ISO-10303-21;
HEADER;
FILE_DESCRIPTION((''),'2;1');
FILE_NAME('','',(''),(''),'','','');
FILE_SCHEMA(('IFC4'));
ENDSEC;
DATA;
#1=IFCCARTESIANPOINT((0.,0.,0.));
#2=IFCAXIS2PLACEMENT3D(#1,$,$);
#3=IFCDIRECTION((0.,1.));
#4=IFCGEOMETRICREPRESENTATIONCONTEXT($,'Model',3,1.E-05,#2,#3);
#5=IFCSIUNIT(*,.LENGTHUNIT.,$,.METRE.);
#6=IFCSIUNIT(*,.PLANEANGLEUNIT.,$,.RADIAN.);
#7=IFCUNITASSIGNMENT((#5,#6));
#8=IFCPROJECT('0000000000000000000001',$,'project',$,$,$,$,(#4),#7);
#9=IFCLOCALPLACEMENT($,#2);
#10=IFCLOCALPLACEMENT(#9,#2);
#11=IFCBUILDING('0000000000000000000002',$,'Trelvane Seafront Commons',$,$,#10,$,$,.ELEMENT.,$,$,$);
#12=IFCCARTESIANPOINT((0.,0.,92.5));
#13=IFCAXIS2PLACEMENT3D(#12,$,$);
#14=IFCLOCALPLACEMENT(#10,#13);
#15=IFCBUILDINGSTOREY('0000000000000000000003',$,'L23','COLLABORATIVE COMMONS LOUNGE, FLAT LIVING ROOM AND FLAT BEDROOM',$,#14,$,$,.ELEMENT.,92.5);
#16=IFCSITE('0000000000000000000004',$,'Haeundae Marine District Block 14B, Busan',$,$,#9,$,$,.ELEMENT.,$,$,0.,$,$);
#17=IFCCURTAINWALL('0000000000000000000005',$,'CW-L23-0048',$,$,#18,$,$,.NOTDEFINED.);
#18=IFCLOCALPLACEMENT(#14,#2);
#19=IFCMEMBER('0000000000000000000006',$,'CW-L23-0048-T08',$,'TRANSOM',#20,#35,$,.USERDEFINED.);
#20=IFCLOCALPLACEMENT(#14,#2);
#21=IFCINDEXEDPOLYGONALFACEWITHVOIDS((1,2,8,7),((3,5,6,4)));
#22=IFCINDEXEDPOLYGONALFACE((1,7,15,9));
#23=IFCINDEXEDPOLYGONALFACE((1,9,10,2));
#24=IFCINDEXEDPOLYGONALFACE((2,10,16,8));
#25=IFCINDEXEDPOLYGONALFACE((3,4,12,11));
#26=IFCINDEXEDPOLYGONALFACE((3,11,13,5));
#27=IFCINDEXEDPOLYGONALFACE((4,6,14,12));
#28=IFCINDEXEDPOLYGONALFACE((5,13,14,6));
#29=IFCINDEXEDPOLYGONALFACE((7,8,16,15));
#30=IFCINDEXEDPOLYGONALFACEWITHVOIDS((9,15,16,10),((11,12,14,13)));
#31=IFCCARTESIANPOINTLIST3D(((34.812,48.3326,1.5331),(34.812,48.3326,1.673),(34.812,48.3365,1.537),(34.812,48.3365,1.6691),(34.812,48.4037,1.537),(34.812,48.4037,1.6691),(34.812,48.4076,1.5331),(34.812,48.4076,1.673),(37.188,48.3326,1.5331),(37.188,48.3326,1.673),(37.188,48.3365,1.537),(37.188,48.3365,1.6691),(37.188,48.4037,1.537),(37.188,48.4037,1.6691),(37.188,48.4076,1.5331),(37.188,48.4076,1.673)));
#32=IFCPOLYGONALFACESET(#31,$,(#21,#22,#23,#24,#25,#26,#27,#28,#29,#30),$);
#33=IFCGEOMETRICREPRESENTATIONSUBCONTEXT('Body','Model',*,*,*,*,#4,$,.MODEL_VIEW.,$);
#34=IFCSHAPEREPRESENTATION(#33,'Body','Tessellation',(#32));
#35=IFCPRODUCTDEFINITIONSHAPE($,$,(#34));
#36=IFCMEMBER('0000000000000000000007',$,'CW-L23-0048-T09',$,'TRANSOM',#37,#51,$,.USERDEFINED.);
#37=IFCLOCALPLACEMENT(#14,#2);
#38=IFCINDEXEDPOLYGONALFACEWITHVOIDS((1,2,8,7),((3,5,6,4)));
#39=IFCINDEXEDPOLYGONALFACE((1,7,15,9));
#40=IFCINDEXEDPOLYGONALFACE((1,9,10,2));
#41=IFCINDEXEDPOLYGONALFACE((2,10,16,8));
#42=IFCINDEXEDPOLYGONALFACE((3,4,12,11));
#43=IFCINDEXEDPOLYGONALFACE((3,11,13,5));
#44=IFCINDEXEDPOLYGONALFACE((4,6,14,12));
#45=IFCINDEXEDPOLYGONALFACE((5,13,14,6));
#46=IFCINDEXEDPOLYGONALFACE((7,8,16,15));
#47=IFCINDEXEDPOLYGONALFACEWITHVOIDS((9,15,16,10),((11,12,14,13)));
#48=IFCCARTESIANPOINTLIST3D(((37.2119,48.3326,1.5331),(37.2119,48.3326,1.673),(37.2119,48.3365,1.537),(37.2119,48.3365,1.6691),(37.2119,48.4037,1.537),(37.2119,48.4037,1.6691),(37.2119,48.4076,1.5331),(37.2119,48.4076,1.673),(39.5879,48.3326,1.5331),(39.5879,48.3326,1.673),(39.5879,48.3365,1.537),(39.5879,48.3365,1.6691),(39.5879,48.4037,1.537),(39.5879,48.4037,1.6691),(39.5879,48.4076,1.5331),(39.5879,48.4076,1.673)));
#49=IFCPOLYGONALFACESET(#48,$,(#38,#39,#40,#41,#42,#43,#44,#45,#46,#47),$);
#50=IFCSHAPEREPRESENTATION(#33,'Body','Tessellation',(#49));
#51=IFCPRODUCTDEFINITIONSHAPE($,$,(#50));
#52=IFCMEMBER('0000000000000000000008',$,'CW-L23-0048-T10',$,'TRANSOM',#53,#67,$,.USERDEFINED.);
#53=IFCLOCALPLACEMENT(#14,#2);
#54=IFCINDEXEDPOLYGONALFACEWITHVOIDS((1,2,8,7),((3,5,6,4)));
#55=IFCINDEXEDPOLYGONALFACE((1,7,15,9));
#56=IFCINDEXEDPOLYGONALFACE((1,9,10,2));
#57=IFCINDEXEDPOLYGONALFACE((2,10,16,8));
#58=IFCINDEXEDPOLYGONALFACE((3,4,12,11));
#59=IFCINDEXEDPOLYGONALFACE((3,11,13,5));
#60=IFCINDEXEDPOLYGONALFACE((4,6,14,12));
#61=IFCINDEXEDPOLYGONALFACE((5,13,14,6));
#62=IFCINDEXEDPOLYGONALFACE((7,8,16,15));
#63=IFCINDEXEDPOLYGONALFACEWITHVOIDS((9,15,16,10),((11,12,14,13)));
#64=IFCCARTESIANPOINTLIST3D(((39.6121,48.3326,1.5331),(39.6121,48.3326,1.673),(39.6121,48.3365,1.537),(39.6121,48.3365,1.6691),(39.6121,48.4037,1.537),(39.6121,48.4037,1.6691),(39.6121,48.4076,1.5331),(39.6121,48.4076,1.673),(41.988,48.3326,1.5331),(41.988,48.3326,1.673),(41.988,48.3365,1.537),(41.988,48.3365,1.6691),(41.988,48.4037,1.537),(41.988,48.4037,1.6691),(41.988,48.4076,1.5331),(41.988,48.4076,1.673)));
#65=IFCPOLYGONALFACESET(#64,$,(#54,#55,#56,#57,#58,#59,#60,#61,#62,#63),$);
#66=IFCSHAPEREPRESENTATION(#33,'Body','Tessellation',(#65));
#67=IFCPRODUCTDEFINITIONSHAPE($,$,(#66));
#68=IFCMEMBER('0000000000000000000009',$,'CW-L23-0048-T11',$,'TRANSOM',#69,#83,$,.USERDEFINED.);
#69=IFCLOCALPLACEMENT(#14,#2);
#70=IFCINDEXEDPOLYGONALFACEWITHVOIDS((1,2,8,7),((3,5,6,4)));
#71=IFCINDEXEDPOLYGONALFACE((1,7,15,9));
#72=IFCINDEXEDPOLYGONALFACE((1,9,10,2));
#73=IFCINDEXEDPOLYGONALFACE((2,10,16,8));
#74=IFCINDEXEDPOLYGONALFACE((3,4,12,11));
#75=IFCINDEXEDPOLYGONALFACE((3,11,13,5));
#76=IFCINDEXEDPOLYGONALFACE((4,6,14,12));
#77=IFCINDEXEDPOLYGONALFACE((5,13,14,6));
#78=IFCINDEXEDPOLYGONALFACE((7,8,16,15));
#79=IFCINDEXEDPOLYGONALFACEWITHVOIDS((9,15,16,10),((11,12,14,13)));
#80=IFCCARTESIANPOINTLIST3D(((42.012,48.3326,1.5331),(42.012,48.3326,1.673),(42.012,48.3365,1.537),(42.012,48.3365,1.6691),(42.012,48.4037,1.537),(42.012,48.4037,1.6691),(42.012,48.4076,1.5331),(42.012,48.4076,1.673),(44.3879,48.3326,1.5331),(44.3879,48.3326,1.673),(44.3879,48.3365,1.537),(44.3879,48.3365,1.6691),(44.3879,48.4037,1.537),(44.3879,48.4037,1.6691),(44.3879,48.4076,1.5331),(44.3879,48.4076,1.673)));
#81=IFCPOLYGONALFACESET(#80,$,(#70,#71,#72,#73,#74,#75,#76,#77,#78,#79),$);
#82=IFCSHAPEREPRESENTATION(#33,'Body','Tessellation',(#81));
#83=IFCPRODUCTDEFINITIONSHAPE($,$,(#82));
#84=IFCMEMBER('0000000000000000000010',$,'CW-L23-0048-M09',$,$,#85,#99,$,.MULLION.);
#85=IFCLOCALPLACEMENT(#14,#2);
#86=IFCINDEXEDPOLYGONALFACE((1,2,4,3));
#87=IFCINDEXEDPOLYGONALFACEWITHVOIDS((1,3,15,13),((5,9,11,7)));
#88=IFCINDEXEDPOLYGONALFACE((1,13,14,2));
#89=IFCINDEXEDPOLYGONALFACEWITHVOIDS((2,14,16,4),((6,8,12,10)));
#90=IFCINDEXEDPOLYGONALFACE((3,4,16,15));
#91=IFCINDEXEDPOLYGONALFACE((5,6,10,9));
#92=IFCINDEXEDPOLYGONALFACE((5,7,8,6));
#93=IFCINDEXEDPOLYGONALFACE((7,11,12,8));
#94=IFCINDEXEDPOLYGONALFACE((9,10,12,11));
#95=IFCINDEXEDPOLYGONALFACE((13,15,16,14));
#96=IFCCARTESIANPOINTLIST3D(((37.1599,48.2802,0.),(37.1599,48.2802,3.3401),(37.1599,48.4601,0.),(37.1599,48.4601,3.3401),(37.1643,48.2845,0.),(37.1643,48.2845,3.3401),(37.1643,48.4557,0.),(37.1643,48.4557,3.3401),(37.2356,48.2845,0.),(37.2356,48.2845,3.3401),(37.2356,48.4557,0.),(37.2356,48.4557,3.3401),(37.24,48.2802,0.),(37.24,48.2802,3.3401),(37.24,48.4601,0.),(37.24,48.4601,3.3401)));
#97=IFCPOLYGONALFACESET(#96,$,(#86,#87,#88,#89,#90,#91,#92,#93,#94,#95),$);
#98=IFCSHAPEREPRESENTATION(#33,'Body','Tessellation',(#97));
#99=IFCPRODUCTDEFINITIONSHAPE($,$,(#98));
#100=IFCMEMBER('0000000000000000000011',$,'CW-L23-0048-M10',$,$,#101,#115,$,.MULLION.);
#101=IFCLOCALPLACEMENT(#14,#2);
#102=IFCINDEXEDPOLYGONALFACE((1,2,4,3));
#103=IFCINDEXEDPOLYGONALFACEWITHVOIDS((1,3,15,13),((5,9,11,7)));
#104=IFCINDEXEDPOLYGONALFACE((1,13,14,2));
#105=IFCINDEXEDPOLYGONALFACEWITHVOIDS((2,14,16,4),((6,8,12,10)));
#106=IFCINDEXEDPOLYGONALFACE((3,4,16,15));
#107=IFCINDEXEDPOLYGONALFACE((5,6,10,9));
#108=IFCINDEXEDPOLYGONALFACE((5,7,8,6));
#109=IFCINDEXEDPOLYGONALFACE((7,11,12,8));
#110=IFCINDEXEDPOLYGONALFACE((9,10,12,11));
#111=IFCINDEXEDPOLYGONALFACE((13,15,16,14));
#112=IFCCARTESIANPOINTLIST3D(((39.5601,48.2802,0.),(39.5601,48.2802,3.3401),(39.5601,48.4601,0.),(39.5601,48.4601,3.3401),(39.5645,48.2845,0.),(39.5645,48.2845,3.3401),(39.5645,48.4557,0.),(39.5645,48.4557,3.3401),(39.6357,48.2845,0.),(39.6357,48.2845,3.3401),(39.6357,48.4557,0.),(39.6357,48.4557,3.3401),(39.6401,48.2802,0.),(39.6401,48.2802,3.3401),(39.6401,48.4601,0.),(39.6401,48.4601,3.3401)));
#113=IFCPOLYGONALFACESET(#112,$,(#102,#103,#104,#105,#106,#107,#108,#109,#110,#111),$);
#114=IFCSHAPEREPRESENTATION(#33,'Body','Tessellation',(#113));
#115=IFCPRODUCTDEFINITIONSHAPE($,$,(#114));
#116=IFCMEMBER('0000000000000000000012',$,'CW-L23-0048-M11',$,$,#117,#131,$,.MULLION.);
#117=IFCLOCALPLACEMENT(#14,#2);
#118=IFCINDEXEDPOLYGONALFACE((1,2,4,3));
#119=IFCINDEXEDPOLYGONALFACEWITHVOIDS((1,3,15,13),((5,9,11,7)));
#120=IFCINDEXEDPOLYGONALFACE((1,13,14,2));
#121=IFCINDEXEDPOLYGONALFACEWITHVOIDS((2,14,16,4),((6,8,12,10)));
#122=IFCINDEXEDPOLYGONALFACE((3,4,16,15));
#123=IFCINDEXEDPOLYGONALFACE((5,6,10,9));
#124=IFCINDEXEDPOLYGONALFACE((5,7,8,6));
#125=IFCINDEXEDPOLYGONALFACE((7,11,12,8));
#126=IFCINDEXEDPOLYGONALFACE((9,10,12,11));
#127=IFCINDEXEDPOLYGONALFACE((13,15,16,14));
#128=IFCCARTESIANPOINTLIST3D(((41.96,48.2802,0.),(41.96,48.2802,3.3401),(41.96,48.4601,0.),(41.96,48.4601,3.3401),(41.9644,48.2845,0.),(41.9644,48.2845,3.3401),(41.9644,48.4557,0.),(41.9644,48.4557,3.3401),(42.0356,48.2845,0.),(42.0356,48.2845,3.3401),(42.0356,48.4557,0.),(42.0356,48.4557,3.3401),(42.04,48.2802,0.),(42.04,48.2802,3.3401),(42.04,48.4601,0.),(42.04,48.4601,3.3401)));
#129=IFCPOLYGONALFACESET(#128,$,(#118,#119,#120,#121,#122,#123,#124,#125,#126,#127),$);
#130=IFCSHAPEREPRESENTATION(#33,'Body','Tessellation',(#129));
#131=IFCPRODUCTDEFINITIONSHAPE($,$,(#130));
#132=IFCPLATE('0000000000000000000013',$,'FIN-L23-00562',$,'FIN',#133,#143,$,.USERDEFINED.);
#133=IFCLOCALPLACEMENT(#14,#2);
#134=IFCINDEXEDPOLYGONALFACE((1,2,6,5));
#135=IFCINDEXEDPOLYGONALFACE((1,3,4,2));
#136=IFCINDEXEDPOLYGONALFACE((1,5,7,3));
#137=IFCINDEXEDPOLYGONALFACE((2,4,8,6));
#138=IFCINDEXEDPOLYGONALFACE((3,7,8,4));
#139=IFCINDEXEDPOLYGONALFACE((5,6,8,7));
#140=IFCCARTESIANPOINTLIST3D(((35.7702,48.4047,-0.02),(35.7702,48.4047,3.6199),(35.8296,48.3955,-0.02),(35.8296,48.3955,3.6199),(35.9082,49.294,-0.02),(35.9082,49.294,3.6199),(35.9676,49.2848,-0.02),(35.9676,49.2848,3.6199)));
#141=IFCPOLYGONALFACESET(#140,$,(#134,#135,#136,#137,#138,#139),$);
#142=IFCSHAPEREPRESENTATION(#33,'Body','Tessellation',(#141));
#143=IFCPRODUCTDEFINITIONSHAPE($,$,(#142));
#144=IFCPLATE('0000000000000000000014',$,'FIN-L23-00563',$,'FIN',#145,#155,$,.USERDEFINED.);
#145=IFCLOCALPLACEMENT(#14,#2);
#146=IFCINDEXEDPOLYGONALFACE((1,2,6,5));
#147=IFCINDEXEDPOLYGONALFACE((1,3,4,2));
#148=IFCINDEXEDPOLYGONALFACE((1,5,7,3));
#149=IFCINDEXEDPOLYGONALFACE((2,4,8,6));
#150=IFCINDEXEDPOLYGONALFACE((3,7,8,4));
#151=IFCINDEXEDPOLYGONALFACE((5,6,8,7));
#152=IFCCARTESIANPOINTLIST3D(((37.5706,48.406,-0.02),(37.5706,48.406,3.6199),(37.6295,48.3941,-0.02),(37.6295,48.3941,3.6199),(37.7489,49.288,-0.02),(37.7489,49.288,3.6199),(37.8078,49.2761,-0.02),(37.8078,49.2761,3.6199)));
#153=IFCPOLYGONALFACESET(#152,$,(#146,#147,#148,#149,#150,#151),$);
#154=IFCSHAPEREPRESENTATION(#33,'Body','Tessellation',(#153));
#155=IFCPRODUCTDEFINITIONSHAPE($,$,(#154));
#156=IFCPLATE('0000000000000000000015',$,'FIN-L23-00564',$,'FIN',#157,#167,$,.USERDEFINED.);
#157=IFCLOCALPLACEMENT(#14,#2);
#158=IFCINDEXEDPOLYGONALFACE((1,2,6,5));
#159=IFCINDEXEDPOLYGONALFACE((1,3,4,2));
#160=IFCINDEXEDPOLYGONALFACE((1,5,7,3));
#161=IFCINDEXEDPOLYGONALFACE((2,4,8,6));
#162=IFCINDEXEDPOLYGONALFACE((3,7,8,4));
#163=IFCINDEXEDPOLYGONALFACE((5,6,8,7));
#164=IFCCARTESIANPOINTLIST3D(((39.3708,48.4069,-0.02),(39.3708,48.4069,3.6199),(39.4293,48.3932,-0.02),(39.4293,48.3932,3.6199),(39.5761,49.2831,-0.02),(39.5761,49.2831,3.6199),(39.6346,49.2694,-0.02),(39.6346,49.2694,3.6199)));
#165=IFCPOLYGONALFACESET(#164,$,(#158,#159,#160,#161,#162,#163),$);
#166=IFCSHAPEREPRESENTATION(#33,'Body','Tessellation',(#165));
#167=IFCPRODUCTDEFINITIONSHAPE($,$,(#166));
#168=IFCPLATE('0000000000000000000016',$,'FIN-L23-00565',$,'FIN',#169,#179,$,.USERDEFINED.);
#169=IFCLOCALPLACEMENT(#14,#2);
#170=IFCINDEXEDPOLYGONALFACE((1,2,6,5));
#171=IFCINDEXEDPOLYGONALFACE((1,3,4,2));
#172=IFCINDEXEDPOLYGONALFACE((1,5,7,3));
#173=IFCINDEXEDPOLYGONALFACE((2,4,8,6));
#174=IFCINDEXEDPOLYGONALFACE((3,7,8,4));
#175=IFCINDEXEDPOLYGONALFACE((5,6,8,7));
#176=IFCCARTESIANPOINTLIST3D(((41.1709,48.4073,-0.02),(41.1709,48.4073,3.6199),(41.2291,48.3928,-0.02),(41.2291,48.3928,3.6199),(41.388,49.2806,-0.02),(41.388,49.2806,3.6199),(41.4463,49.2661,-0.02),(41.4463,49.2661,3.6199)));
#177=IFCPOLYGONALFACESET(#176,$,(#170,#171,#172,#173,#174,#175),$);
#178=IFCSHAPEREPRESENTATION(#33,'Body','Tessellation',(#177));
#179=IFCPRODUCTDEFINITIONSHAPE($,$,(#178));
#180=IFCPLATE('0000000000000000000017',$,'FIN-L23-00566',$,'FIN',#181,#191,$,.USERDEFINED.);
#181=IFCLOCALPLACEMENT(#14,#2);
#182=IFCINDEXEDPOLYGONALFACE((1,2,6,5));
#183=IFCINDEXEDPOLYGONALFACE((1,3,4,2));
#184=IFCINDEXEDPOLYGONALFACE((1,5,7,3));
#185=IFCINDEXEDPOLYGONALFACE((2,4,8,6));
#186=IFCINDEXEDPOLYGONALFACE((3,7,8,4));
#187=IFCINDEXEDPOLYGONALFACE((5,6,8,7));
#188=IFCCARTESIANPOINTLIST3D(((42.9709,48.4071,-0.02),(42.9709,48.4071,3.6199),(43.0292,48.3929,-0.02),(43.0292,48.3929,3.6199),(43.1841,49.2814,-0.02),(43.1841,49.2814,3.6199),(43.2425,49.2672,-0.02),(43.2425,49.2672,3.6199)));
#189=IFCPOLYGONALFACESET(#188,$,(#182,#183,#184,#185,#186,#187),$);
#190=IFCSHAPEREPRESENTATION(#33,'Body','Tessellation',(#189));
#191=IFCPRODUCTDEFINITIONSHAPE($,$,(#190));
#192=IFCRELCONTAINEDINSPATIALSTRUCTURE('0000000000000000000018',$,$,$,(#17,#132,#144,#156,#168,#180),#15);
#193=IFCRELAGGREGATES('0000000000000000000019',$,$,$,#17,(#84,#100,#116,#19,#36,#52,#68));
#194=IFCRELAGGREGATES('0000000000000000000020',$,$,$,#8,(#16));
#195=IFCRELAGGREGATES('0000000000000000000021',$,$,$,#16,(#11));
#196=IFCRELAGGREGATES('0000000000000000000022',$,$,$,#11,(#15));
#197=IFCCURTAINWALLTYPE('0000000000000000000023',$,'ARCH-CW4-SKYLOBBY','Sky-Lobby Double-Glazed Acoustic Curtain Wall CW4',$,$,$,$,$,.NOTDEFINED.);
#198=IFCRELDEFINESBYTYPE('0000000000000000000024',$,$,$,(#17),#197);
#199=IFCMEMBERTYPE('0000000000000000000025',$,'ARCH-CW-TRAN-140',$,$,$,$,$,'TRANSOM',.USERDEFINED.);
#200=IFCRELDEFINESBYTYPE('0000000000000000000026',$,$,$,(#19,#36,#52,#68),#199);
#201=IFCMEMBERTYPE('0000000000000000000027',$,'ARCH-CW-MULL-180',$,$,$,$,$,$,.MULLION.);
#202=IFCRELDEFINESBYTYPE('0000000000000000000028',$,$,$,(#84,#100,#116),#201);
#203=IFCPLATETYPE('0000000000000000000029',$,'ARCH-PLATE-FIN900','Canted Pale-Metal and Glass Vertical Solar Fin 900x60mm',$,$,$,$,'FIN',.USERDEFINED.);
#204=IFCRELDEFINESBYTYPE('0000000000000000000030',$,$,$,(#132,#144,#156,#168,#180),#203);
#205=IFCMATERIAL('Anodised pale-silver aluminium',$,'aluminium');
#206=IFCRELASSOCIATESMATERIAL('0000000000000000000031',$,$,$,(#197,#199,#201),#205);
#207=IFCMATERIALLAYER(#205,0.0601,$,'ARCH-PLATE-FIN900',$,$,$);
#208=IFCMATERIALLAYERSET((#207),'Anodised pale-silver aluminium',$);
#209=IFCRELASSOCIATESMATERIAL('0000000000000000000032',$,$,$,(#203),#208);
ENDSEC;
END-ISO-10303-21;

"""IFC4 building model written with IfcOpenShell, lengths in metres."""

from ifc_helpers import new_model, si_unit, direction, frame, origin, origin_2d, place, context, subcontext, project, spatial, rectangle, hollow_rectangle, extrude, source, transform, mapped, material, layer, layer_set, material_profile, profile_set, type_object, element, aggregate, save


model = new_model("IFC4")

# Units and contexts
model_context = context("Model", 3, precision=1e-05, world=origin(), true_north=direction((0.0, 1.0)))
body_context = subcontext(model_context, "Body", "Model", "MODEL_VIEW")
ifc_project = project(units=[si_unit("LENGTHUNIT", "METRE"), si_unit("PLANEANGLEUNIT", "RADIAN")], contexts=[model_context])

# Site, building, storey
site_placement = place(None, origin())
site = spatial("IfcSite", under=ifc_project, at=site_placement, Name="Haeundae Marine District Block 14B, Busan", CompositionType="ELEMENT", RefElevation=0.0)
building_placement = place(site_placement, origin())
building = spatial("IfcBuilding", under=site, at=building_placement, Name="Trelvane Seafront Commons", CompositionType="ELEMENT")
storey_placement = place(building_placement, frame((0.0, 0.0, 92.5)))
storey = spatial("IfcBuildingStorey", under=building, at=storey_placement, Name="L23", Description="COLLABORATIVE COMMONS LOUNGE, FLAT LIVING ROOM AND FLAT BEDROOM", CompositionType="ELEMENT", Elevation=92.5)

# Curtain wall, members
ifc_material_1 = material(Name="Anodised pale-silver aluminium", Category="aluminium")
curtain_wall_type = type_object("IfcCurtainWallType", Name="ARCH-CW4-SKYLOBBY", Description="Sky-Lobby Double-Glazed Acoustic Curtain Wall CW4", PredefinedType="NOTDEFINED", material=ifc_material_1)
curtain_wall_placement = place(storey_placement, origin())
curtain_wall = element("IfcCurtainWall", 1, at=curtain_wall_placement, inside=storey, type_object=curtain_wall_type, Name="CW-L23-0048", PredefinedType="NOTDEFINED")
ifc_material_profile_1 = material_profile(ifc_material_1, hollow_rectangle(XDim=0.075, YDim=0.1399, WallThickness=0.0039, at=origin_2d()), Name="TRAN-75x140x4")
ifc_profile_set_1 = profile_set([ifc_material_profile_1], Name="Anodised pale-silver aluminium")
member_type_1 = type_object("IfcMemberType", Name="ARCH-CW-TRAN-140", ElementType="TRANSOM", PredefinedType="USERDEFINED", material=ifc_profile_set_1)
shared_shape_1 = source(origin(), body_context, "Body", "SweptSolid", [
    extrude(hollow_rectangle(XDim=0.075, YDim=0.1399, WallThickness=0.0039, at=origin_2d()), origin(), (0.0, 0.0, 1.0), 2.376),
])
member_1_placement = place(storey_placement, frame((34.812, 48.3701, 1.603), z_axis=(1.0, 0.0, 0.0), x_axis=(0.0, 1.0, 0.0)))
member_1 = element("IfcMember", 2, at=member_1_placement, type_object=member_type_1, Name="CW-L23-0048-T08", ObjectType="TRANSOM", PredefinedType="USERDEFINED", context=body_context, shape_type="MappedRepresentation", body=[
    mapped(shared_shape_1, transform((0.0, 0.0, 0.0), x_axis=(1.0, 0.0, 0.0), y_axis=(0.0, 1.0, 0.0), z_axis=(0.0, 0.0, 1.0), scale=1.0)),
])
member_2_placement = place(storey_placement, frame((37.2119, 48.3701, 1.603), z_axis=(1.0, 0.0, 0.0), x_axis=(0.0, 1.0, 0.0)))
member_2 = element("IfcMember", 3, at=member_2_placement, type_object=member_type_1, Name="CW-L23-0048-T09", ObjectType="TRANSOM", PredefinedType="USERDEFINED", context=body_context, shape_type="MappedRepresentation", body=[
    mapped(shared_shape_1, transform((0.0, 0.0, 0.0), x_axis=(1.0, 0.0, 0.0), y_axis=(0.0, 1.0, 0.0), z_axis=(0.0, 0.0, 1.0), scale=1.0)),
])
member_3_placement = place(storey_placement, frame((39.6121, 48.3701, 1.603), z_axis=(1.0, 0.0, 0.0), x_axis=(0.0, 1.0, 0.0)))
member_3 = element("IfcMember", 4, at=member_3_placement, type_object=member_type_1, Name="CW-L23-0048-T10", ObjectType="TRANSOM", PredefinedType="USERDEFINED", context=body_context, shape_type="MappedRepresentation", body=[
    mapped(shared_shape_1, transform((0.0, 0.0, 0.0), x_axis=(1.0, 0.0, 0.0), y_axis=(0.0, 1.0, 0.0), z_axis=(0.0, 0.0, 1.0), scale=1.0)),
])
member_4_placement = place(storey_placement, frame((42.012, 48.3701, 1.603), z_axis=(1.0, 0.0, 0.0), x_axis=(0.0, 1.0, 0.0)))
member_4 = element("IfcMember", 5, at=member_4_placement, type_object=member_type_1, Name="CW-L23-0048-T11", ObjectType="TRANSOM", PredefinedType="USERDEFINED", context=body_context, shape_type="MappedRepresentation", body=[
    mapped(shared_shape_1, transform((0.0, 0.0, 0.0), x_axis=(1.0, 0.0, 0.0), y_axis=(0.0, 1.0, 0.0), z_axis=(0.0, 0.0, 1.0), scale=1.0)),
])
ifc_material_profile_2 = material_profile(ifc_material_1, hollow_rectangle(XDim=0.0801, YDim=0.1799, WallThickness=0.0044, at=origin_2d()), Name="MULL-80x180x4.5")
ifc_profile_set_2 = profile_set([ifc_material_profile_2], Name="Anodised pale-silver aluminium")
member_type_2 = type_object("IfcMemberType", Name="ARCH-CW-MULL-180", PredefinedType="MULLION", material=ifc_profile_set_2)
shared_shape_2 = source(origin(), body_context, "Body", "SweptSolid", [
    extrude(hollow_rectangle(XDim=0.0801, YDim=0.1799, WallThickness=0.0044, at=origin_2d()), origin(), (0.0, 0.0, 1.0), 3.3401),
])
member_5_placement = place(storey_placement, frame((37.2, 48.3701, 0.0), z_axis=(0.0, 0.0, 1.0), x_axis=(1.0, 0.0, 0.0)))
member_5 = element("IfcMember", 6, at=member_5_placement, type_object=member_type_2, Name="CW-L23-0048-M09", PredefinedType="MULLION", context=body_context, shape_type="MappedRepresentation", body=[
    mapped(shared_shape_2, transform((0.0, 0.0, 0.0), x_axis=(1.0, 0.0, 0.0), y_axis=(0.0, 1.0, 0.0), z_axis=(0.0, 0.0, 1.0), scale=1.0)),
])
member_6_placement = place(storey_placement, frame((39.6001, 48.3701, 0.0), z_axis=(0.0, 0.0, 1.0), x_axis=(1.0, 0.0, 0.0)))
member_6 = element("IfcMember", 7, at=member_6_placement, type_object=member_type_2, Name="CW-L23-0048-M10", PredefinedType="MULLION", context=body_context, shape_type="MappedRepresentation", body=[
    mapped(shared_shape_2, transform((0.0, 0.0, 0.0), x_axis=(1.0, 0.0, 0.0), y_axis=(0.0, 1.0, 0.0), z_axis=(0.0, 0.0, 1.0), scale=1.0)),
])
member_7_placement = place(storey_placement, frame((42.0, 48.3701, 0.0), z_axis=(0.0, 0.0, 1.0), x_axis=(1.0, 0.0, 0.0)))
member_7 = element("IfcMember", 8, at=member_7_placement, type_object=member_type_2, Name="CW-L23-0048-M11", PredefinedType="MULLION", context=body_context, shape_type="MappedRepresentation", body=[
    mapped(shared_shape_2, transform((0.0, 0.0, 0.0), x_axis=(1.0, 0.0, 0.0), y_axis=(0.0, 1.0, 0.0), z_axis=(0.0, 0.0, 1.0), scale=1.0)),
])

# Plates
ifc_layer_1 = layer(ifc_material_1, 0.0601, Name="ARCH-PLATE-FIN900")
ifc_layer_set_1 = layer_set([ifc_layer_1], Name="Anodised pale-silver aluminium")
plate_type_1 = type_object("IfcPlateType", Name="ARCH-PLATE-FIN900", Description="Canted Pale-Metal and Glass Vertical Solar Fin 900x60mm", ElementType="FIN", PredefinedType="USERDEFINED", material=ifc_layer_set_1)
shared_shape_3 = source(origin(), body_context, "Body", "SweptSolid", [
    extrude(rectangle(XDim=0.8999, YDim=0.0601, at=origin_2d()), origin(), (0.0, 0.0, 1.0), 3.6399),
])
for number, where, z_axis, x_axis, name in (
    (9, (35.8689, 48.8447, -0.02), (0.0, 0.0, 1.0), (0.153326, 0.988176, 0.0), "FIN-L23-00562"),
    (10, (37.6892, 48.8411, -0.02), (0.0, 0.0, 1.0), (0.198102, 0.980181, 0.0), "FIN-L23-00563"),
    (11, (39.5027, 48.8381, -0.02), (0.0, 0.0, 1.0), (0.228104, 0.973637, 0.0), "FIN-L23-00564"),
    (12, (41.3086, 48.8367, -0.02), (0.0, 0.0, 1.0), (0.241333, 0.970442, 0.0), "FIN-L23-00565"),
    (13, (43.1067, 48.8372, -0.02), (0.0, 0.0, 1.0), (0.236989, 0.971512, 0.0), "FIN-L23-00566"),
):
    element("IfcPlate", number, at=place(storey_placement, frame(where, z_axis=z_axis, x_axis=x_axis)), inside=storey, type_object=plate_type_1, Name=name, ObjectType="FIN", PredefinedType="USERDEFINED", context=body_context, shape_type="MappedRepresentation", body=[
        mapped(shared_shape_3, transform((0.0, 0.0, 0.0), x_axis=(1.0, 0.0, 0.0), y_axis=(0.0, 1.0, 0.0), z_axis=(0.0, 0.0, 1.0), scale=1.0)),
    ])

aggregate(curtain_wall, [member_5, member_6, member_7, member_1, member_2, member_3, member_4])

save(model, "model.ifc")
